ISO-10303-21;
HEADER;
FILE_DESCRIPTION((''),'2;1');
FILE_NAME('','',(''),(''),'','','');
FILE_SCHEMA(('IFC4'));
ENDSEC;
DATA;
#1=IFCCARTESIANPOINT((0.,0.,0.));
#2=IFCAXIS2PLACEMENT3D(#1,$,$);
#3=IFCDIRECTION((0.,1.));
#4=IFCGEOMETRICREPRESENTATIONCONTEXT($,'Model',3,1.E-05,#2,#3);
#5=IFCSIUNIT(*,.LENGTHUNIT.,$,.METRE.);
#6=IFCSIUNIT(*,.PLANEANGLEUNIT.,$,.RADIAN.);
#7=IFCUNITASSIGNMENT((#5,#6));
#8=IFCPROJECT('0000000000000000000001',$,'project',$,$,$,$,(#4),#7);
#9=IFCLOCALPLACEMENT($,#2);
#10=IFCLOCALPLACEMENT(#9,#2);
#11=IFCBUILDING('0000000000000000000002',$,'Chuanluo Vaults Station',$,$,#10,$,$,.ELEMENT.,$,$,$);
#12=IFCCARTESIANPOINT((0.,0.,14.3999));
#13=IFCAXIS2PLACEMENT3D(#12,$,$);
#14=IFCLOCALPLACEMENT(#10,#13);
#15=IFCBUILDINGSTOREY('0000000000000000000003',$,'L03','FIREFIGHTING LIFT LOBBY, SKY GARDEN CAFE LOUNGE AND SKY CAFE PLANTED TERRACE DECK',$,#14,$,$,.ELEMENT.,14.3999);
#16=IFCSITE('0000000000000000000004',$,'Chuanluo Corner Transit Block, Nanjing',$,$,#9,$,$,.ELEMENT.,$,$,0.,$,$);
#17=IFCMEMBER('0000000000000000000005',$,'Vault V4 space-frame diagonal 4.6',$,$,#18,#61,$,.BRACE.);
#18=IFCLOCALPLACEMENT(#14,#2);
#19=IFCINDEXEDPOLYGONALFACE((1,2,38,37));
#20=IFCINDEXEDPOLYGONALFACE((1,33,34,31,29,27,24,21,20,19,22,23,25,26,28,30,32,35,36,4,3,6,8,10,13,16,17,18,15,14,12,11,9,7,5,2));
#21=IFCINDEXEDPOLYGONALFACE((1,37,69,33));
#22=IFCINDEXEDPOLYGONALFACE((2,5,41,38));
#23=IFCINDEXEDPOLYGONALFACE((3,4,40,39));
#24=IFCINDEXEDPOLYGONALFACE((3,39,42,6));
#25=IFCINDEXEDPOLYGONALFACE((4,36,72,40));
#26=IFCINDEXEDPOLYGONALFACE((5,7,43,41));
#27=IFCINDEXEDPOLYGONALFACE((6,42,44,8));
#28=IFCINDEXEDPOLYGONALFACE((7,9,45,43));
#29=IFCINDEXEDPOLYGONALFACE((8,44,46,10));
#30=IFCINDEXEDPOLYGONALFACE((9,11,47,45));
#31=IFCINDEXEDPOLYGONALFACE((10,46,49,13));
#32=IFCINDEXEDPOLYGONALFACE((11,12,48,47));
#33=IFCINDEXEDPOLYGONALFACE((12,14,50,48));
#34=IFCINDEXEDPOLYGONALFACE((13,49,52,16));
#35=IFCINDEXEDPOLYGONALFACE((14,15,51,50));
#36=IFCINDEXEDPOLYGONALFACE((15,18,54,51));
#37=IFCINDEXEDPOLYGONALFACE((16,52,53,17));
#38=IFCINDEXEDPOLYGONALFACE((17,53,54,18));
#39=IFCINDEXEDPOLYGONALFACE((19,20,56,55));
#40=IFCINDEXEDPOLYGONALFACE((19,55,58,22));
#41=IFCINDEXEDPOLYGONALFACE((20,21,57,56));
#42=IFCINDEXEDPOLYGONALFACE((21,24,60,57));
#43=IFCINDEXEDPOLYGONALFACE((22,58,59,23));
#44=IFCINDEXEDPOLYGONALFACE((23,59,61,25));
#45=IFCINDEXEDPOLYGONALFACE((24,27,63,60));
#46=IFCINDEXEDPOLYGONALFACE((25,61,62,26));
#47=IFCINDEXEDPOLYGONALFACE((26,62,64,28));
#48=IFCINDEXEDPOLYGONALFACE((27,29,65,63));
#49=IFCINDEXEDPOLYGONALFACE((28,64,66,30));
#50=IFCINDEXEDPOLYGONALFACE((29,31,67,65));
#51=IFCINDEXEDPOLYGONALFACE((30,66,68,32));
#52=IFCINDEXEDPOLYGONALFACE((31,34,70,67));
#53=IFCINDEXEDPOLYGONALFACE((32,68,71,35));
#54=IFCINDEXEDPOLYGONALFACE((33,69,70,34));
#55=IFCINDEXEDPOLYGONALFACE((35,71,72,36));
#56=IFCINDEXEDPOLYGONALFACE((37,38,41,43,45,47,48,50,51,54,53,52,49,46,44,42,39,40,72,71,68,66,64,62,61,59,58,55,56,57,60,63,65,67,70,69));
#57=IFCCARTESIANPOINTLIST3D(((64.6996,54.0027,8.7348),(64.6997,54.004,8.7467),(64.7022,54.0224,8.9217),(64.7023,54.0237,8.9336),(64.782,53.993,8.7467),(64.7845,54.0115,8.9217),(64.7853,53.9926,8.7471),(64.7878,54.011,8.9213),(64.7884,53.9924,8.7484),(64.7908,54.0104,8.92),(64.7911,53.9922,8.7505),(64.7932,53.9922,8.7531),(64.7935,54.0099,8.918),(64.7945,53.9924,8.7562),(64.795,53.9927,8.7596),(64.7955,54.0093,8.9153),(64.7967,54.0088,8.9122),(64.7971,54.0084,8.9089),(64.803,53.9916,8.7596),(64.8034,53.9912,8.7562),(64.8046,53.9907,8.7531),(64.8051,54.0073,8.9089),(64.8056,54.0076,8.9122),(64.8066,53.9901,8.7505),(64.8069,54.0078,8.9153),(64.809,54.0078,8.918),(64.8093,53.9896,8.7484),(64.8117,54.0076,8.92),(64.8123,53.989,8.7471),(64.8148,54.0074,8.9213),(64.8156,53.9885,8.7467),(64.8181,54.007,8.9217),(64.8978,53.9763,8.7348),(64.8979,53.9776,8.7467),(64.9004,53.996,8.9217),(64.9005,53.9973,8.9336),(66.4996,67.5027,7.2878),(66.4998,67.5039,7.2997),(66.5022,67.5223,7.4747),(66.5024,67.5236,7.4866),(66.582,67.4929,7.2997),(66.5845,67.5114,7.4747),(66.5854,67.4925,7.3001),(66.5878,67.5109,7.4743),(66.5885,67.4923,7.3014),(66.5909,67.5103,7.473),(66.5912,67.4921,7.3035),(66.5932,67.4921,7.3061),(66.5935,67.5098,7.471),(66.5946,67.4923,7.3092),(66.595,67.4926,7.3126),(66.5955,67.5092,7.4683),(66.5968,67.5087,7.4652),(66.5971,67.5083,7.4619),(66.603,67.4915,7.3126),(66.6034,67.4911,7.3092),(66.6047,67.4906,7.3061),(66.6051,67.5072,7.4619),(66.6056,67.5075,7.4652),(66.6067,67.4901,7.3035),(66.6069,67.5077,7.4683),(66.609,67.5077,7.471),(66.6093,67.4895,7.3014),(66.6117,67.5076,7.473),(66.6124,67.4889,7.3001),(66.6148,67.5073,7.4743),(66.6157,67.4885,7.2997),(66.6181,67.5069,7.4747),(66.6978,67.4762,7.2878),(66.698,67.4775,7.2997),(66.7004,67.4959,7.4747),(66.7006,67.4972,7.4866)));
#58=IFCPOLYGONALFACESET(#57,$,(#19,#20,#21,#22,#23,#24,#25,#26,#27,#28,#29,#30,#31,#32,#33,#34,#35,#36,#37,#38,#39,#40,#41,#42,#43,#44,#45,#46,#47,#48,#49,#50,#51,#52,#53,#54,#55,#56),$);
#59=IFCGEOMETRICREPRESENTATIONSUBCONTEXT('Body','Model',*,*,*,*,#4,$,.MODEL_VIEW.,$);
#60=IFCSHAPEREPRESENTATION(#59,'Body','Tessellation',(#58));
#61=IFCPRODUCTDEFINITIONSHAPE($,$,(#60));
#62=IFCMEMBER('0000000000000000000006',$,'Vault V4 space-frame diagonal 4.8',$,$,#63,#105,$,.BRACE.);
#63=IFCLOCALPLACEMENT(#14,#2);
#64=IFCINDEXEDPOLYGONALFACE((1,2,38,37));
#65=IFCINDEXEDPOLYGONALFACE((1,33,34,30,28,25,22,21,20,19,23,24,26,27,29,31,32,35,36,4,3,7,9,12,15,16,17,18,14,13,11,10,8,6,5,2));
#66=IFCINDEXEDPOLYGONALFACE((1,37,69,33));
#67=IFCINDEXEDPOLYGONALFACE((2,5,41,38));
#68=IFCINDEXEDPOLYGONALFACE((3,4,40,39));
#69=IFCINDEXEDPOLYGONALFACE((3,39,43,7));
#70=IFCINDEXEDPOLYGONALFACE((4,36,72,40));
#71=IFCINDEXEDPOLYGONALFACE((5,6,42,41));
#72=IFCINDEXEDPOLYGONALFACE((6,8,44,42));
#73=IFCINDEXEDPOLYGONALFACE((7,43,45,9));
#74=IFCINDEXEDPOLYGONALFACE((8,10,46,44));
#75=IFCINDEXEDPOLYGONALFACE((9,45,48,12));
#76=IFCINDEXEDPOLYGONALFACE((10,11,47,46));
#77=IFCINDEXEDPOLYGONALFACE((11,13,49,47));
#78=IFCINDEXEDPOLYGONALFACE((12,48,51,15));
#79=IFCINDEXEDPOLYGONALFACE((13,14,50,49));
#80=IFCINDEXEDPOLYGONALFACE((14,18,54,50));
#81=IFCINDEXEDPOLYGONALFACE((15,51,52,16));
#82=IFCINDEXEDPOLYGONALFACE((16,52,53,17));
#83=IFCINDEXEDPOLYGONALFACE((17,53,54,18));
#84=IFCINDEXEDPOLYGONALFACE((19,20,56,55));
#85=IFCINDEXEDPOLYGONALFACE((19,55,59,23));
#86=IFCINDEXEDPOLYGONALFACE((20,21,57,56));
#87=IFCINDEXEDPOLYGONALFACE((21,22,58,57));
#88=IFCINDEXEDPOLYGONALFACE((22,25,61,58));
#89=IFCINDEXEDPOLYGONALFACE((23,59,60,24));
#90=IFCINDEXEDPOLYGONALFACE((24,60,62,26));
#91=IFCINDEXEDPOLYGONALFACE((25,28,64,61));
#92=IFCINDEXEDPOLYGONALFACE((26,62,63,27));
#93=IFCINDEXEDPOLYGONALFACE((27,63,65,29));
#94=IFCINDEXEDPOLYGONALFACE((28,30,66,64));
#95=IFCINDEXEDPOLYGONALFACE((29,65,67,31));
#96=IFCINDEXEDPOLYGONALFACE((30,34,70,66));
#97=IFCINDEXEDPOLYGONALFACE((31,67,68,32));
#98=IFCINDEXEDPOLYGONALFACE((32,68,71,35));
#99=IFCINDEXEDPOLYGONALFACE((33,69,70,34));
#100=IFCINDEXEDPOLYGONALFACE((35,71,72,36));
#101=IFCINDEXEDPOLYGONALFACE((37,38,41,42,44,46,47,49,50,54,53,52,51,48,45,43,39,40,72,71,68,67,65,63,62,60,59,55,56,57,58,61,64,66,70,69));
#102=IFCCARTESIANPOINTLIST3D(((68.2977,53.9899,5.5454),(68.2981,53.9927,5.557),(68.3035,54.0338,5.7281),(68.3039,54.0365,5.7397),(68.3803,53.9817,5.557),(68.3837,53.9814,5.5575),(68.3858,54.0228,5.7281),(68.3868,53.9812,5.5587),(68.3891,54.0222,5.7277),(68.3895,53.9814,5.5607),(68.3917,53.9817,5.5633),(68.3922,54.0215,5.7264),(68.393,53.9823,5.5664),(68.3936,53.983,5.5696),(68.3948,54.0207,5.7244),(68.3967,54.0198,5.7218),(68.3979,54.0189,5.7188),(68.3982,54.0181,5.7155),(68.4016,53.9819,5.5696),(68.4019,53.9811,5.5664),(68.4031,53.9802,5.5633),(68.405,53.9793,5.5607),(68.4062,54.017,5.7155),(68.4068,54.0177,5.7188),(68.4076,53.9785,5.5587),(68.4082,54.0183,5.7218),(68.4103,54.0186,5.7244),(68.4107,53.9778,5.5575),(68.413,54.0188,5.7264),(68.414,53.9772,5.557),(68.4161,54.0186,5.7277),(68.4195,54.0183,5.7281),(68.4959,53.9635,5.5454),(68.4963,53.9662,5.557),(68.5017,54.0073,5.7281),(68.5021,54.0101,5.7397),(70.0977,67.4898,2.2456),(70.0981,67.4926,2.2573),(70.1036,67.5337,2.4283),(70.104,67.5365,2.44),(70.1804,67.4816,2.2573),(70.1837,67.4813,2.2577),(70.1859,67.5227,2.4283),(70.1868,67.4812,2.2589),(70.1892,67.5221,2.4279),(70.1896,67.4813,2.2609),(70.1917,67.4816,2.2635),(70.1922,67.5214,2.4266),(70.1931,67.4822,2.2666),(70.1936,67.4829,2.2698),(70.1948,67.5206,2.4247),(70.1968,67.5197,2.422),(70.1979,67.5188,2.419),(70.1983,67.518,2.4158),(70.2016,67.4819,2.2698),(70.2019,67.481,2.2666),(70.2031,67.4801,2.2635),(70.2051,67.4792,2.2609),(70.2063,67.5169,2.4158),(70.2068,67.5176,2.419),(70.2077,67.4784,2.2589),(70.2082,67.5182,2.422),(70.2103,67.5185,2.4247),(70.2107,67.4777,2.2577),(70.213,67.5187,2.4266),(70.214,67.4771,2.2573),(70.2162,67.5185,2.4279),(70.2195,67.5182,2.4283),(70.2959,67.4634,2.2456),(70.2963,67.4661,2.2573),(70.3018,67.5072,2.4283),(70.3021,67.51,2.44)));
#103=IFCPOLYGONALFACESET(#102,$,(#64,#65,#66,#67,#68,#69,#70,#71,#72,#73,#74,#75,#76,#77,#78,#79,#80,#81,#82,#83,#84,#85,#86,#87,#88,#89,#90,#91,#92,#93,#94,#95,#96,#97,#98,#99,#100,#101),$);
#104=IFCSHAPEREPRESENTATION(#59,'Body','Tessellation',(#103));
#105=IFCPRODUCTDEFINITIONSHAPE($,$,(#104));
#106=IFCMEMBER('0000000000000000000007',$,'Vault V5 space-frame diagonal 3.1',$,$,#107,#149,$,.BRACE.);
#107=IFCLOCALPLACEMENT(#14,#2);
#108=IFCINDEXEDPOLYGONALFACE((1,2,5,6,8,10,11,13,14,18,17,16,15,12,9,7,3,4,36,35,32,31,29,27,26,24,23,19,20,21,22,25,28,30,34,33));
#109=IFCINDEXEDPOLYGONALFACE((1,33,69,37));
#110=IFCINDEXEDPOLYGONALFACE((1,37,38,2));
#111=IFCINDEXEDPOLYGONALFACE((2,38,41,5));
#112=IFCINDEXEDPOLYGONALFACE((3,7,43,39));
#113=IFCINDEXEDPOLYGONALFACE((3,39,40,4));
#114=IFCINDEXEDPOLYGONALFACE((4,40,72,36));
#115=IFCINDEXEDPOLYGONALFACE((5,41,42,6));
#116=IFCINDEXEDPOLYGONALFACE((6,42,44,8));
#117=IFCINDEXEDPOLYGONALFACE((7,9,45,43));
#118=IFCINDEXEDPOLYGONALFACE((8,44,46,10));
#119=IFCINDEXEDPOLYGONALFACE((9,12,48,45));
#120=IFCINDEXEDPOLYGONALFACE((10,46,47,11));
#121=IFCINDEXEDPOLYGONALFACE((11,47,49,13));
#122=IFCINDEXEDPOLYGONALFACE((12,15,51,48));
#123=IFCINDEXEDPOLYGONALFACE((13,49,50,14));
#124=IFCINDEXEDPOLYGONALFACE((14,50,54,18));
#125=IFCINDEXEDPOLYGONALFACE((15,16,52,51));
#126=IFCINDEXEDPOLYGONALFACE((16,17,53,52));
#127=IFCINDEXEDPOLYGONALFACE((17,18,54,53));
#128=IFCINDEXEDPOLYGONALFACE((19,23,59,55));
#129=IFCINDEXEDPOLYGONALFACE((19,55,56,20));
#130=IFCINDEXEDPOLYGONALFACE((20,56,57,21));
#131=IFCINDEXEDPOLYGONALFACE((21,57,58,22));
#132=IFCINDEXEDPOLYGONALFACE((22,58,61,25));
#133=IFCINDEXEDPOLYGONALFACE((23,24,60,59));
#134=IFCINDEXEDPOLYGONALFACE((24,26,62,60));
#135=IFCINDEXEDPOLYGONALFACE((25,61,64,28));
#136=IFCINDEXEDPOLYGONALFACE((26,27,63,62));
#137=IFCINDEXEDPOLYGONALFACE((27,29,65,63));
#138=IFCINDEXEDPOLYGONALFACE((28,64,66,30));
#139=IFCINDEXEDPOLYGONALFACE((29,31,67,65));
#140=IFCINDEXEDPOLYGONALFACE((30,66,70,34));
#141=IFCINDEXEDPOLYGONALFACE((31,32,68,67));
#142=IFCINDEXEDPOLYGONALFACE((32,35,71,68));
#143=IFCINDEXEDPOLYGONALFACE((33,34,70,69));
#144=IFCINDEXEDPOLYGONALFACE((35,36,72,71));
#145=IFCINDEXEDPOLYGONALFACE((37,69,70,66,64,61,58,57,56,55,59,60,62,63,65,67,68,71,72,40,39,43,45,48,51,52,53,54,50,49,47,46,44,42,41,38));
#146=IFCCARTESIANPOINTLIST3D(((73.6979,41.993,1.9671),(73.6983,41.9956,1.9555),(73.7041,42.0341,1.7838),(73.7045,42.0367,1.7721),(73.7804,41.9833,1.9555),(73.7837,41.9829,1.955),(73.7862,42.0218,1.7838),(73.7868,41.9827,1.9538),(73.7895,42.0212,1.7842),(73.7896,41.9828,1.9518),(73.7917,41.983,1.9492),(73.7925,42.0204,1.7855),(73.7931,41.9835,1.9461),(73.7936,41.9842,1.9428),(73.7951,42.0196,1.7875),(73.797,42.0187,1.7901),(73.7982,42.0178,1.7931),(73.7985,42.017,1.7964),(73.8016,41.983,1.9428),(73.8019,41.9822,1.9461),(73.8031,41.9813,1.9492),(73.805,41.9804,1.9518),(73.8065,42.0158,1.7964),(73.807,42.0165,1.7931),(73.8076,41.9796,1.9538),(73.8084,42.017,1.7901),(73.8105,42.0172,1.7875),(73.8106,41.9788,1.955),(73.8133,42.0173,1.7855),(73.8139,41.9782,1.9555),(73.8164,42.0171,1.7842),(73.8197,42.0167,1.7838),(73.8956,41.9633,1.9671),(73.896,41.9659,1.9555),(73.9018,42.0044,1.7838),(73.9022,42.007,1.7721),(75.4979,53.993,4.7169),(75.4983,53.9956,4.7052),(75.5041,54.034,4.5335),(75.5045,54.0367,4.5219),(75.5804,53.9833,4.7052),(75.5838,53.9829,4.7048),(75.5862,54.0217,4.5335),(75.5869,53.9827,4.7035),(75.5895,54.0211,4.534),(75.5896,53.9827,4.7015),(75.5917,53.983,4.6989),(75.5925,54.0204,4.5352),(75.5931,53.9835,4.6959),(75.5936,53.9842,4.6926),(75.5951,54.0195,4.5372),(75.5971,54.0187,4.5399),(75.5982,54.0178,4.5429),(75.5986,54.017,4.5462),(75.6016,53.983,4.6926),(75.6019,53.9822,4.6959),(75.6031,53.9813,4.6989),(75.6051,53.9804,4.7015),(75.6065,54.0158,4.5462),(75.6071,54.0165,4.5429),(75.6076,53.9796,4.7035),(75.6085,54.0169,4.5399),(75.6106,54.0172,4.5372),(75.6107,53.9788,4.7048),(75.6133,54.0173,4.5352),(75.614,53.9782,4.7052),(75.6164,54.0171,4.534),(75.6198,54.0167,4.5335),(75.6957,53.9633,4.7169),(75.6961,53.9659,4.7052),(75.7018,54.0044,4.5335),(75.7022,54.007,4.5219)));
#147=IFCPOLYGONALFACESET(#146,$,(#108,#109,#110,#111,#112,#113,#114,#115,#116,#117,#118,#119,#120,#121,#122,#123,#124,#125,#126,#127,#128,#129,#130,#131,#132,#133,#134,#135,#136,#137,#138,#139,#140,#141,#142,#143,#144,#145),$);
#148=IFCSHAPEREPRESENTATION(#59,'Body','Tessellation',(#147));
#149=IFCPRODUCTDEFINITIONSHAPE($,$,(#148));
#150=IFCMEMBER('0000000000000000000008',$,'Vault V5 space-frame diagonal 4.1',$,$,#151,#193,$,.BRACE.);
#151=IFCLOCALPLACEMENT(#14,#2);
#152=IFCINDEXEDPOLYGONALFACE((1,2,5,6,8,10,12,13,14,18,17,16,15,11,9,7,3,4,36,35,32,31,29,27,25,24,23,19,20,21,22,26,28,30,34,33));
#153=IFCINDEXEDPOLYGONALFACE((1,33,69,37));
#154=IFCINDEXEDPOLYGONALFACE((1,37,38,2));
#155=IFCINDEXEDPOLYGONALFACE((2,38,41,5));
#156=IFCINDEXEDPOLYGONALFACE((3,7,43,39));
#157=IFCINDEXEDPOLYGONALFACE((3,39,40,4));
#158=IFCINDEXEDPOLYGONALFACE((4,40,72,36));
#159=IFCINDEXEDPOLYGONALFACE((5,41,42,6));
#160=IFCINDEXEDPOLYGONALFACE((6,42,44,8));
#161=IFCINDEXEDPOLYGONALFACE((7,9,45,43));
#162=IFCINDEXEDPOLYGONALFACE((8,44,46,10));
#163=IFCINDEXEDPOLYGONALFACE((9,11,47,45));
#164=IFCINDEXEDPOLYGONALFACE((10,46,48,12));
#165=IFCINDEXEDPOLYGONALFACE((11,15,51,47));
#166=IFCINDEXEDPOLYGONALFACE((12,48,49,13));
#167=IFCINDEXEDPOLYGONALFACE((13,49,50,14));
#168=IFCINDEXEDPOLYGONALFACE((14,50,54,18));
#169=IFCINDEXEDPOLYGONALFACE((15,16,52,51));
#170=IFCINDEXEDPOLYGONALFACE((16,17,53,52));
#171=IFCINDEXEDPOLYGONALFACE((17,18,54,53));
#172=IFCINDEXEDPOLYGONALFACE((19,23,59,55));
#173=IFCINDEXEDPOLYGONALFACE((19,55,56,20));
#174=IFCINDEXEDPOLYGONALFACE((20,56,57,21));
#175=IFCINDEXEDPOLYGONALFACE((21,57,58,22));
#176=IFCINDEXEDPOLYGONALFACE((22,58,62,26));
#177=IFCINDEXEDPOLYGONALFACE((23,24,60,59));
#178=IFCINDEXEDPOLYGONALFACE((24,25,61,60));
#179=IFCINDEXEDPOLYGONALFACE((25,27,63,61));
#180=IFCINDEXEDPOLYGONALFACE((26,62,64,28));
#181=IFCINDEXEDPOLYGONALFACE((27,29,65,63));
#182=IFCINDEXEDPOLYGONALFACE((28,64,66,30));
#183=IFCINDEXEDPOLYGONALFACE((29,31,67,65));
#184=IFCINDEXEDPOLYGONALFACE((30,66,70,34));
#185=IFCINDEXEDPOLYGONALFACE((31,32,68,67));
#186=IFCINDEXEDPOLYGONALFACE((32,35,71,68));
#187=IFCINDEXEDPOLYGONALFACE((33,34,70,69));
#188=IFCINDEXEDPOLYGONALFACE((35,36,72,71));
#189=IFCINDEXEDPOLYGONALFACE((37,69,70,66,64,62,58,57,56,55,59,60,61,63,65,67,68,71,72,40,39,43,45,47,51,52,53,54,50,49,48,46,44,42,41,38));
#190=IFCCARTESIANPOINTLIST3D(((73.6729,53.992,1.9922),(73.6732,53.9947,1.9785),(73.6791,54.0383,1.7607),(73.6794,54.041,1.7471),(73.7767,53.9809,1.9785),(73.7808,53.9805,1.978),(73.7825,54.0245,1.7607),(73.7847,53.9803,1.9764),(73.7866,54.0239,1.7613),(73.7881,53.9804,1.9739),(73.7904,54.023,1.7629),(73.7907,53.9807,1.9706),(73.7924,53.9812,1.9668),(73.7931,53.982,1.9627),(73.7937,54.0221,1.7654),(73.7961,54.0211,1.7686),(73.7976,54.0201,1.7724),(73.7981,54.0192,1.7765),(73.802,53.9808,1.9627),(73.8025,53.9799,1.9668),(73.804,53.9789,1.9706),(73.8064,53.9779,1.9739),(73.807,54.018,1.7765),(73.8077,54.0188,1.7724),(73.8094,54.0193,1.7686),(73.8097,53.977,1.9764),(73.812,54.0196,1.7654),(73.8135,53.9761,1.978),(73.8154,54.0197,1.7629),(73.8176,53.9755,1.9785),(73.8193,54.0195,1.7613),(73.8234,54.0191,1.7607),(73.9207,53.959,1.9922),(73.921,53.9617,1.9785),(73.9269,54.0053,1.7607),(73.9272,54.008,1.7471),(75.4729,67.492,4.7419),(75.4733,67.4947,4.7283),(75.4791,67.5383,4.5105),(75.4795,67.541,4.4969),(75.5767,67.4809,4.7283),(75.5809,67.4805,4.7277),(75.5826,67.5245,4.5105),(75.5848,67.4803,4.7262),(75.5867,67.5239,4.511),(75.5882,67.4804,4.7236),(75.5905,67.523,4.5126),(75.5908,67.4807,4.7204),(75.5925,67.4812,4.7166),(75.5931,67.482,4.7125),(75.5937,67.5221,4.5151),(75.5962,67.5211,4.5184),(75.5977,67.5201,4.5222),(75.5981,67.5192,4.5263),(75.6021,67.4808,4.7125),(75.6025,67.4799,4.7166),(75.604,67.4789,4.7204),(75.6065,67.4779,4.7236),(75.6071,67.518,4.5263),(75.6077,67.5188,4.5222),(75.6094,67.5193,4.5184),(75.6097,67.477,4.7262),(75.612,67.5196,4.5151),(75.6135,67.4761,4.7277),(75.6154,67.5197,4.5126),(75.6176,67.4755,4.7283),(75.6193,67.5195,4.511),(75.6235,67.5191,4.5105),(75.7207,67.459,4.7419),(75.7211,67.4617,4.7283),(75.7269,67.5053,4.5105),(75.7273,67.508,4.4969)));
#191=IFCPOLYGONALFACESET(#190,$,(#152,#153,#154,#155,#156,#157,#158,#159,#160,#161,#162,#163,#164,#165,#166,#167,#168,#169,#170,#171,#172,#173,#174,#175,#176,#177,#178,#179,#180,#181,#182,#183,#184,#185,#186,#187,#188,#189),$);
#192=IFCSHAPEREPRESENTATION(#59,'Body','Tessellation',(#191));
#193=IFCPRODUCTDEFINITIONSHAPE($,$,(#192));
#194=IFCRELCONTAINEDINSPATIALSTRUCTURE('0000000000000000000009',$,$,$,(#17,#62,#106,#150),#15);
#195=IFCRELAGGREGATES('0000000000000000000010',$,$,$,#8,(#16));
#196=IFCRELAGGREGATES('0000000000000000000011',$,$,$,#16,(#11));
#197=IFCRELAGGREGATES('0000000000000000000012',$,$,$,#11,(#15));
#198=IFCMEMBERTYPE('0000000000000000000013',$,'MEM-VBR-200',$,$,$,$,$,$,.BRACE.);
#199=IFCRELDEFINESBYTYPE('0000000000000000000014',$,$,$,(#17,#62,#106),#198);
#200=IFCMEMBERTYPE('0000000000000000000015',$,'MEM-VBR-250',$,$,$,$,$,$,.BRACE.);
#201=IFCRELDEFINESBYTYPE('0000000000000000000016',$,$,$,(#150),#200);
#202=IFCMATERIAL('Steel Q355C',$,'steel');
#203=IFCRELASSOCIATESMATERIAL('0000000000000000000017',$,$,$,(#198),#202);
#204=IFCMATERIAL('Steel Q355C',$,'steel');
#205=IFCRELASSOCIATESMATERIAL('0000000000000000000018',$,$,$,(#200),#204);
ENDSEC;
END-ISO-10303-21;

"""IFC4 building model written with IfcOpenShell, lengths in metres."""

from ifc_helpers import new_model, si_unit, direction, frame, origin, origin_2d, place, context, subcontext, project, spatial, i_section, extrude, material, material_profile, profile_set, type_object, element, save


model = new_model("IFC4")

# Units and contexts
model_context = context("Model", 3, precision=1e-05, world=origin(), true_north=direction((0.0, 1.0)))
body_context = subcontext(model_context, "Body", "Model", "MODEL_VIEW")
ifc_project = project(units=[si_unit("LENGTHUNIT", "METRE"), si_unit("PLANEANGLEUNIT", "RADIAN")], contexts=[model_context])

# Site, building, storey
site_placement = place(None, origin())
site = spatial("IfcSite", under=ifc_project, at=site_placement, Name="Chuanluo Corner Transit Block, Nanjing", CompositionType="ELEMENT", RefElevation=0.0)
building_placement = place(site_placement, origin())
building = spatial("IfcBuilding", under=site, at=building_placement, Name="Chuanluo Vaults Station", CompositionType="ELEMENT")
storey_placement = place(building_placement, frame((0.0, 0.0, 14.3999)))
storey = spatial("IfcBuildingStorey", under=building, at=storey_placement, Name="L03", Description="FIREFIGHTING LIFT LOBBY, SKY GARDEN CAFE LOUNGE AND SKY CAFE PLANTED TERRACE DECK", CompositionType="ELEMENT", Elevation=14.3999)

# Members
ifc_material_1 = material(Name="Steel Q355C", Category="steel")
ifc_material_profile_1 = material_profile(ifc_material_1, i_section(OverallWidth=0.2, OverallDepth=0.2, WebThickness=0.0081, FlangeThickness=0.012, FilletRadius=0.0129, at=origin_2d()))
ifc_profile_set_1 = profile_set([ifc_material_profile_1], Name="Steel Q355C")
member_type_1 = type_object("IfcMemberType", Name="MEM-VBR-200", PredefinedType="BRACE", material=ifc_profile_set_1)
member_1_placement = place(storey_placement, frame((64.8, 54.0, 8.8342), z_axis=(0.131428, 0.98568, -0.105652), x_axis=(-0.991227, 0.132167, 0.0)))
element("IfcMember", 1, at=member_1_placement, inside=storey, type_object=member_type_1, Name="Vault V4 space-frame diagonal 4.6", PredefinedType="BRACE", context=body_context, shape_type="SweptSolid", body=[
    extrude(i_section(OverallWidth=0.2, OverallDepth=0.2, WebThickness=0.0081, FlangeThickness=0.012, FilletRadius=0.0129, at=origin_2d()), origin(), (0.0, 0.0, 1.0), 13.696),
])
member_2_placement = place(storey_placement, frame((68.3999, 54.0, 5.6426), z_axis=(0.128451, 0.963355, -0.235473), x_axis=(-0.991227, 0.132167, 0.0)))
element("IfcMember", 2, at=member_2_placement, inside=storey, type_object=member_type_1, Name="Vault V4 space-frame diagonal 4.8", PredefinedType="BRACE", context=body_context, shape_type="SweptSolid", body=[
    extrude(i_section(OverallWidth=0.2, OverallDepth=0.2, WebThickness=0.0081, FlangeThickness=0.012, FilletRadius=0.0129, at=origin_2d()), origin(), (0.0, 0.0, 1.0), 14.0134),
])
member_3_placement = place(storey_placement, frame((73.8, 42.0, 1.8696), z_axis=(0.144676, 0.964481, 0.221007), x_axis=(-0.988936, 0.148344, 0.0)))
element("IfcMember", 3, at=member_3_placement, inside=storey, type_object=member_type_1, Name="Vault V5 space-frame diagonal 3.1", PredefinedType="BRACE", context=body_context, shape_type="SweptSolid", body=[
    extrude(i_section(OverallWidth=0.2, OverallDepth=0.2, WebThickness=0.0081, FlangeThickness=0.012, FilletRadius=0.0129, at=origin_2d()), origin(), (0.0, 0.0, 1.0), 12.4419),
])
ifc_material_2 = material(Name="Steel Q355C", Category="steel")
ifc_material_profile_2 = material_profile(ifc_material_2, i_section(OverallWidth=0.25, OverallDepth=0.25, WebThickness=0.009, FlangeThickness=0.0139, FilletRadius=0.0161, at=origin_2d()))
ifc_profile_set_2 = profile_set([ifc_material_profile_2], Name="Steel Q355C")
member_type_2 = type_object("IfcMemberType", Name="MEM-VBR-250", PredefinedType="BRACE", material=ifc_profile_set_2)
member_4_placement = place(storey_placement, frame((73.8, 54.0, 1.8696), z_axis=(0.129553, 0.971622, 0.197905), x_axis=(-0.991227, 0.132167, 0.0)))
element("IfcMember", 4, at=member_4_placement, inside=storey, type_object=member_type_2, Name="Vault V5 space-frame diagonal 4.1", PredefinedType="BRACE", context=body_context, shape_type="SweptSolid", body=[
    extrude(i_section(OverallWidth=0.25, OverallDepth=0.25, WebThickness=0.009, FlangeThickness=0.0139, FilletRadius=0.0161, at=origin_2d()), origin(), (0.0, 0.0, 1.0), 13.8943),
])

save(model, "model.ifc")
